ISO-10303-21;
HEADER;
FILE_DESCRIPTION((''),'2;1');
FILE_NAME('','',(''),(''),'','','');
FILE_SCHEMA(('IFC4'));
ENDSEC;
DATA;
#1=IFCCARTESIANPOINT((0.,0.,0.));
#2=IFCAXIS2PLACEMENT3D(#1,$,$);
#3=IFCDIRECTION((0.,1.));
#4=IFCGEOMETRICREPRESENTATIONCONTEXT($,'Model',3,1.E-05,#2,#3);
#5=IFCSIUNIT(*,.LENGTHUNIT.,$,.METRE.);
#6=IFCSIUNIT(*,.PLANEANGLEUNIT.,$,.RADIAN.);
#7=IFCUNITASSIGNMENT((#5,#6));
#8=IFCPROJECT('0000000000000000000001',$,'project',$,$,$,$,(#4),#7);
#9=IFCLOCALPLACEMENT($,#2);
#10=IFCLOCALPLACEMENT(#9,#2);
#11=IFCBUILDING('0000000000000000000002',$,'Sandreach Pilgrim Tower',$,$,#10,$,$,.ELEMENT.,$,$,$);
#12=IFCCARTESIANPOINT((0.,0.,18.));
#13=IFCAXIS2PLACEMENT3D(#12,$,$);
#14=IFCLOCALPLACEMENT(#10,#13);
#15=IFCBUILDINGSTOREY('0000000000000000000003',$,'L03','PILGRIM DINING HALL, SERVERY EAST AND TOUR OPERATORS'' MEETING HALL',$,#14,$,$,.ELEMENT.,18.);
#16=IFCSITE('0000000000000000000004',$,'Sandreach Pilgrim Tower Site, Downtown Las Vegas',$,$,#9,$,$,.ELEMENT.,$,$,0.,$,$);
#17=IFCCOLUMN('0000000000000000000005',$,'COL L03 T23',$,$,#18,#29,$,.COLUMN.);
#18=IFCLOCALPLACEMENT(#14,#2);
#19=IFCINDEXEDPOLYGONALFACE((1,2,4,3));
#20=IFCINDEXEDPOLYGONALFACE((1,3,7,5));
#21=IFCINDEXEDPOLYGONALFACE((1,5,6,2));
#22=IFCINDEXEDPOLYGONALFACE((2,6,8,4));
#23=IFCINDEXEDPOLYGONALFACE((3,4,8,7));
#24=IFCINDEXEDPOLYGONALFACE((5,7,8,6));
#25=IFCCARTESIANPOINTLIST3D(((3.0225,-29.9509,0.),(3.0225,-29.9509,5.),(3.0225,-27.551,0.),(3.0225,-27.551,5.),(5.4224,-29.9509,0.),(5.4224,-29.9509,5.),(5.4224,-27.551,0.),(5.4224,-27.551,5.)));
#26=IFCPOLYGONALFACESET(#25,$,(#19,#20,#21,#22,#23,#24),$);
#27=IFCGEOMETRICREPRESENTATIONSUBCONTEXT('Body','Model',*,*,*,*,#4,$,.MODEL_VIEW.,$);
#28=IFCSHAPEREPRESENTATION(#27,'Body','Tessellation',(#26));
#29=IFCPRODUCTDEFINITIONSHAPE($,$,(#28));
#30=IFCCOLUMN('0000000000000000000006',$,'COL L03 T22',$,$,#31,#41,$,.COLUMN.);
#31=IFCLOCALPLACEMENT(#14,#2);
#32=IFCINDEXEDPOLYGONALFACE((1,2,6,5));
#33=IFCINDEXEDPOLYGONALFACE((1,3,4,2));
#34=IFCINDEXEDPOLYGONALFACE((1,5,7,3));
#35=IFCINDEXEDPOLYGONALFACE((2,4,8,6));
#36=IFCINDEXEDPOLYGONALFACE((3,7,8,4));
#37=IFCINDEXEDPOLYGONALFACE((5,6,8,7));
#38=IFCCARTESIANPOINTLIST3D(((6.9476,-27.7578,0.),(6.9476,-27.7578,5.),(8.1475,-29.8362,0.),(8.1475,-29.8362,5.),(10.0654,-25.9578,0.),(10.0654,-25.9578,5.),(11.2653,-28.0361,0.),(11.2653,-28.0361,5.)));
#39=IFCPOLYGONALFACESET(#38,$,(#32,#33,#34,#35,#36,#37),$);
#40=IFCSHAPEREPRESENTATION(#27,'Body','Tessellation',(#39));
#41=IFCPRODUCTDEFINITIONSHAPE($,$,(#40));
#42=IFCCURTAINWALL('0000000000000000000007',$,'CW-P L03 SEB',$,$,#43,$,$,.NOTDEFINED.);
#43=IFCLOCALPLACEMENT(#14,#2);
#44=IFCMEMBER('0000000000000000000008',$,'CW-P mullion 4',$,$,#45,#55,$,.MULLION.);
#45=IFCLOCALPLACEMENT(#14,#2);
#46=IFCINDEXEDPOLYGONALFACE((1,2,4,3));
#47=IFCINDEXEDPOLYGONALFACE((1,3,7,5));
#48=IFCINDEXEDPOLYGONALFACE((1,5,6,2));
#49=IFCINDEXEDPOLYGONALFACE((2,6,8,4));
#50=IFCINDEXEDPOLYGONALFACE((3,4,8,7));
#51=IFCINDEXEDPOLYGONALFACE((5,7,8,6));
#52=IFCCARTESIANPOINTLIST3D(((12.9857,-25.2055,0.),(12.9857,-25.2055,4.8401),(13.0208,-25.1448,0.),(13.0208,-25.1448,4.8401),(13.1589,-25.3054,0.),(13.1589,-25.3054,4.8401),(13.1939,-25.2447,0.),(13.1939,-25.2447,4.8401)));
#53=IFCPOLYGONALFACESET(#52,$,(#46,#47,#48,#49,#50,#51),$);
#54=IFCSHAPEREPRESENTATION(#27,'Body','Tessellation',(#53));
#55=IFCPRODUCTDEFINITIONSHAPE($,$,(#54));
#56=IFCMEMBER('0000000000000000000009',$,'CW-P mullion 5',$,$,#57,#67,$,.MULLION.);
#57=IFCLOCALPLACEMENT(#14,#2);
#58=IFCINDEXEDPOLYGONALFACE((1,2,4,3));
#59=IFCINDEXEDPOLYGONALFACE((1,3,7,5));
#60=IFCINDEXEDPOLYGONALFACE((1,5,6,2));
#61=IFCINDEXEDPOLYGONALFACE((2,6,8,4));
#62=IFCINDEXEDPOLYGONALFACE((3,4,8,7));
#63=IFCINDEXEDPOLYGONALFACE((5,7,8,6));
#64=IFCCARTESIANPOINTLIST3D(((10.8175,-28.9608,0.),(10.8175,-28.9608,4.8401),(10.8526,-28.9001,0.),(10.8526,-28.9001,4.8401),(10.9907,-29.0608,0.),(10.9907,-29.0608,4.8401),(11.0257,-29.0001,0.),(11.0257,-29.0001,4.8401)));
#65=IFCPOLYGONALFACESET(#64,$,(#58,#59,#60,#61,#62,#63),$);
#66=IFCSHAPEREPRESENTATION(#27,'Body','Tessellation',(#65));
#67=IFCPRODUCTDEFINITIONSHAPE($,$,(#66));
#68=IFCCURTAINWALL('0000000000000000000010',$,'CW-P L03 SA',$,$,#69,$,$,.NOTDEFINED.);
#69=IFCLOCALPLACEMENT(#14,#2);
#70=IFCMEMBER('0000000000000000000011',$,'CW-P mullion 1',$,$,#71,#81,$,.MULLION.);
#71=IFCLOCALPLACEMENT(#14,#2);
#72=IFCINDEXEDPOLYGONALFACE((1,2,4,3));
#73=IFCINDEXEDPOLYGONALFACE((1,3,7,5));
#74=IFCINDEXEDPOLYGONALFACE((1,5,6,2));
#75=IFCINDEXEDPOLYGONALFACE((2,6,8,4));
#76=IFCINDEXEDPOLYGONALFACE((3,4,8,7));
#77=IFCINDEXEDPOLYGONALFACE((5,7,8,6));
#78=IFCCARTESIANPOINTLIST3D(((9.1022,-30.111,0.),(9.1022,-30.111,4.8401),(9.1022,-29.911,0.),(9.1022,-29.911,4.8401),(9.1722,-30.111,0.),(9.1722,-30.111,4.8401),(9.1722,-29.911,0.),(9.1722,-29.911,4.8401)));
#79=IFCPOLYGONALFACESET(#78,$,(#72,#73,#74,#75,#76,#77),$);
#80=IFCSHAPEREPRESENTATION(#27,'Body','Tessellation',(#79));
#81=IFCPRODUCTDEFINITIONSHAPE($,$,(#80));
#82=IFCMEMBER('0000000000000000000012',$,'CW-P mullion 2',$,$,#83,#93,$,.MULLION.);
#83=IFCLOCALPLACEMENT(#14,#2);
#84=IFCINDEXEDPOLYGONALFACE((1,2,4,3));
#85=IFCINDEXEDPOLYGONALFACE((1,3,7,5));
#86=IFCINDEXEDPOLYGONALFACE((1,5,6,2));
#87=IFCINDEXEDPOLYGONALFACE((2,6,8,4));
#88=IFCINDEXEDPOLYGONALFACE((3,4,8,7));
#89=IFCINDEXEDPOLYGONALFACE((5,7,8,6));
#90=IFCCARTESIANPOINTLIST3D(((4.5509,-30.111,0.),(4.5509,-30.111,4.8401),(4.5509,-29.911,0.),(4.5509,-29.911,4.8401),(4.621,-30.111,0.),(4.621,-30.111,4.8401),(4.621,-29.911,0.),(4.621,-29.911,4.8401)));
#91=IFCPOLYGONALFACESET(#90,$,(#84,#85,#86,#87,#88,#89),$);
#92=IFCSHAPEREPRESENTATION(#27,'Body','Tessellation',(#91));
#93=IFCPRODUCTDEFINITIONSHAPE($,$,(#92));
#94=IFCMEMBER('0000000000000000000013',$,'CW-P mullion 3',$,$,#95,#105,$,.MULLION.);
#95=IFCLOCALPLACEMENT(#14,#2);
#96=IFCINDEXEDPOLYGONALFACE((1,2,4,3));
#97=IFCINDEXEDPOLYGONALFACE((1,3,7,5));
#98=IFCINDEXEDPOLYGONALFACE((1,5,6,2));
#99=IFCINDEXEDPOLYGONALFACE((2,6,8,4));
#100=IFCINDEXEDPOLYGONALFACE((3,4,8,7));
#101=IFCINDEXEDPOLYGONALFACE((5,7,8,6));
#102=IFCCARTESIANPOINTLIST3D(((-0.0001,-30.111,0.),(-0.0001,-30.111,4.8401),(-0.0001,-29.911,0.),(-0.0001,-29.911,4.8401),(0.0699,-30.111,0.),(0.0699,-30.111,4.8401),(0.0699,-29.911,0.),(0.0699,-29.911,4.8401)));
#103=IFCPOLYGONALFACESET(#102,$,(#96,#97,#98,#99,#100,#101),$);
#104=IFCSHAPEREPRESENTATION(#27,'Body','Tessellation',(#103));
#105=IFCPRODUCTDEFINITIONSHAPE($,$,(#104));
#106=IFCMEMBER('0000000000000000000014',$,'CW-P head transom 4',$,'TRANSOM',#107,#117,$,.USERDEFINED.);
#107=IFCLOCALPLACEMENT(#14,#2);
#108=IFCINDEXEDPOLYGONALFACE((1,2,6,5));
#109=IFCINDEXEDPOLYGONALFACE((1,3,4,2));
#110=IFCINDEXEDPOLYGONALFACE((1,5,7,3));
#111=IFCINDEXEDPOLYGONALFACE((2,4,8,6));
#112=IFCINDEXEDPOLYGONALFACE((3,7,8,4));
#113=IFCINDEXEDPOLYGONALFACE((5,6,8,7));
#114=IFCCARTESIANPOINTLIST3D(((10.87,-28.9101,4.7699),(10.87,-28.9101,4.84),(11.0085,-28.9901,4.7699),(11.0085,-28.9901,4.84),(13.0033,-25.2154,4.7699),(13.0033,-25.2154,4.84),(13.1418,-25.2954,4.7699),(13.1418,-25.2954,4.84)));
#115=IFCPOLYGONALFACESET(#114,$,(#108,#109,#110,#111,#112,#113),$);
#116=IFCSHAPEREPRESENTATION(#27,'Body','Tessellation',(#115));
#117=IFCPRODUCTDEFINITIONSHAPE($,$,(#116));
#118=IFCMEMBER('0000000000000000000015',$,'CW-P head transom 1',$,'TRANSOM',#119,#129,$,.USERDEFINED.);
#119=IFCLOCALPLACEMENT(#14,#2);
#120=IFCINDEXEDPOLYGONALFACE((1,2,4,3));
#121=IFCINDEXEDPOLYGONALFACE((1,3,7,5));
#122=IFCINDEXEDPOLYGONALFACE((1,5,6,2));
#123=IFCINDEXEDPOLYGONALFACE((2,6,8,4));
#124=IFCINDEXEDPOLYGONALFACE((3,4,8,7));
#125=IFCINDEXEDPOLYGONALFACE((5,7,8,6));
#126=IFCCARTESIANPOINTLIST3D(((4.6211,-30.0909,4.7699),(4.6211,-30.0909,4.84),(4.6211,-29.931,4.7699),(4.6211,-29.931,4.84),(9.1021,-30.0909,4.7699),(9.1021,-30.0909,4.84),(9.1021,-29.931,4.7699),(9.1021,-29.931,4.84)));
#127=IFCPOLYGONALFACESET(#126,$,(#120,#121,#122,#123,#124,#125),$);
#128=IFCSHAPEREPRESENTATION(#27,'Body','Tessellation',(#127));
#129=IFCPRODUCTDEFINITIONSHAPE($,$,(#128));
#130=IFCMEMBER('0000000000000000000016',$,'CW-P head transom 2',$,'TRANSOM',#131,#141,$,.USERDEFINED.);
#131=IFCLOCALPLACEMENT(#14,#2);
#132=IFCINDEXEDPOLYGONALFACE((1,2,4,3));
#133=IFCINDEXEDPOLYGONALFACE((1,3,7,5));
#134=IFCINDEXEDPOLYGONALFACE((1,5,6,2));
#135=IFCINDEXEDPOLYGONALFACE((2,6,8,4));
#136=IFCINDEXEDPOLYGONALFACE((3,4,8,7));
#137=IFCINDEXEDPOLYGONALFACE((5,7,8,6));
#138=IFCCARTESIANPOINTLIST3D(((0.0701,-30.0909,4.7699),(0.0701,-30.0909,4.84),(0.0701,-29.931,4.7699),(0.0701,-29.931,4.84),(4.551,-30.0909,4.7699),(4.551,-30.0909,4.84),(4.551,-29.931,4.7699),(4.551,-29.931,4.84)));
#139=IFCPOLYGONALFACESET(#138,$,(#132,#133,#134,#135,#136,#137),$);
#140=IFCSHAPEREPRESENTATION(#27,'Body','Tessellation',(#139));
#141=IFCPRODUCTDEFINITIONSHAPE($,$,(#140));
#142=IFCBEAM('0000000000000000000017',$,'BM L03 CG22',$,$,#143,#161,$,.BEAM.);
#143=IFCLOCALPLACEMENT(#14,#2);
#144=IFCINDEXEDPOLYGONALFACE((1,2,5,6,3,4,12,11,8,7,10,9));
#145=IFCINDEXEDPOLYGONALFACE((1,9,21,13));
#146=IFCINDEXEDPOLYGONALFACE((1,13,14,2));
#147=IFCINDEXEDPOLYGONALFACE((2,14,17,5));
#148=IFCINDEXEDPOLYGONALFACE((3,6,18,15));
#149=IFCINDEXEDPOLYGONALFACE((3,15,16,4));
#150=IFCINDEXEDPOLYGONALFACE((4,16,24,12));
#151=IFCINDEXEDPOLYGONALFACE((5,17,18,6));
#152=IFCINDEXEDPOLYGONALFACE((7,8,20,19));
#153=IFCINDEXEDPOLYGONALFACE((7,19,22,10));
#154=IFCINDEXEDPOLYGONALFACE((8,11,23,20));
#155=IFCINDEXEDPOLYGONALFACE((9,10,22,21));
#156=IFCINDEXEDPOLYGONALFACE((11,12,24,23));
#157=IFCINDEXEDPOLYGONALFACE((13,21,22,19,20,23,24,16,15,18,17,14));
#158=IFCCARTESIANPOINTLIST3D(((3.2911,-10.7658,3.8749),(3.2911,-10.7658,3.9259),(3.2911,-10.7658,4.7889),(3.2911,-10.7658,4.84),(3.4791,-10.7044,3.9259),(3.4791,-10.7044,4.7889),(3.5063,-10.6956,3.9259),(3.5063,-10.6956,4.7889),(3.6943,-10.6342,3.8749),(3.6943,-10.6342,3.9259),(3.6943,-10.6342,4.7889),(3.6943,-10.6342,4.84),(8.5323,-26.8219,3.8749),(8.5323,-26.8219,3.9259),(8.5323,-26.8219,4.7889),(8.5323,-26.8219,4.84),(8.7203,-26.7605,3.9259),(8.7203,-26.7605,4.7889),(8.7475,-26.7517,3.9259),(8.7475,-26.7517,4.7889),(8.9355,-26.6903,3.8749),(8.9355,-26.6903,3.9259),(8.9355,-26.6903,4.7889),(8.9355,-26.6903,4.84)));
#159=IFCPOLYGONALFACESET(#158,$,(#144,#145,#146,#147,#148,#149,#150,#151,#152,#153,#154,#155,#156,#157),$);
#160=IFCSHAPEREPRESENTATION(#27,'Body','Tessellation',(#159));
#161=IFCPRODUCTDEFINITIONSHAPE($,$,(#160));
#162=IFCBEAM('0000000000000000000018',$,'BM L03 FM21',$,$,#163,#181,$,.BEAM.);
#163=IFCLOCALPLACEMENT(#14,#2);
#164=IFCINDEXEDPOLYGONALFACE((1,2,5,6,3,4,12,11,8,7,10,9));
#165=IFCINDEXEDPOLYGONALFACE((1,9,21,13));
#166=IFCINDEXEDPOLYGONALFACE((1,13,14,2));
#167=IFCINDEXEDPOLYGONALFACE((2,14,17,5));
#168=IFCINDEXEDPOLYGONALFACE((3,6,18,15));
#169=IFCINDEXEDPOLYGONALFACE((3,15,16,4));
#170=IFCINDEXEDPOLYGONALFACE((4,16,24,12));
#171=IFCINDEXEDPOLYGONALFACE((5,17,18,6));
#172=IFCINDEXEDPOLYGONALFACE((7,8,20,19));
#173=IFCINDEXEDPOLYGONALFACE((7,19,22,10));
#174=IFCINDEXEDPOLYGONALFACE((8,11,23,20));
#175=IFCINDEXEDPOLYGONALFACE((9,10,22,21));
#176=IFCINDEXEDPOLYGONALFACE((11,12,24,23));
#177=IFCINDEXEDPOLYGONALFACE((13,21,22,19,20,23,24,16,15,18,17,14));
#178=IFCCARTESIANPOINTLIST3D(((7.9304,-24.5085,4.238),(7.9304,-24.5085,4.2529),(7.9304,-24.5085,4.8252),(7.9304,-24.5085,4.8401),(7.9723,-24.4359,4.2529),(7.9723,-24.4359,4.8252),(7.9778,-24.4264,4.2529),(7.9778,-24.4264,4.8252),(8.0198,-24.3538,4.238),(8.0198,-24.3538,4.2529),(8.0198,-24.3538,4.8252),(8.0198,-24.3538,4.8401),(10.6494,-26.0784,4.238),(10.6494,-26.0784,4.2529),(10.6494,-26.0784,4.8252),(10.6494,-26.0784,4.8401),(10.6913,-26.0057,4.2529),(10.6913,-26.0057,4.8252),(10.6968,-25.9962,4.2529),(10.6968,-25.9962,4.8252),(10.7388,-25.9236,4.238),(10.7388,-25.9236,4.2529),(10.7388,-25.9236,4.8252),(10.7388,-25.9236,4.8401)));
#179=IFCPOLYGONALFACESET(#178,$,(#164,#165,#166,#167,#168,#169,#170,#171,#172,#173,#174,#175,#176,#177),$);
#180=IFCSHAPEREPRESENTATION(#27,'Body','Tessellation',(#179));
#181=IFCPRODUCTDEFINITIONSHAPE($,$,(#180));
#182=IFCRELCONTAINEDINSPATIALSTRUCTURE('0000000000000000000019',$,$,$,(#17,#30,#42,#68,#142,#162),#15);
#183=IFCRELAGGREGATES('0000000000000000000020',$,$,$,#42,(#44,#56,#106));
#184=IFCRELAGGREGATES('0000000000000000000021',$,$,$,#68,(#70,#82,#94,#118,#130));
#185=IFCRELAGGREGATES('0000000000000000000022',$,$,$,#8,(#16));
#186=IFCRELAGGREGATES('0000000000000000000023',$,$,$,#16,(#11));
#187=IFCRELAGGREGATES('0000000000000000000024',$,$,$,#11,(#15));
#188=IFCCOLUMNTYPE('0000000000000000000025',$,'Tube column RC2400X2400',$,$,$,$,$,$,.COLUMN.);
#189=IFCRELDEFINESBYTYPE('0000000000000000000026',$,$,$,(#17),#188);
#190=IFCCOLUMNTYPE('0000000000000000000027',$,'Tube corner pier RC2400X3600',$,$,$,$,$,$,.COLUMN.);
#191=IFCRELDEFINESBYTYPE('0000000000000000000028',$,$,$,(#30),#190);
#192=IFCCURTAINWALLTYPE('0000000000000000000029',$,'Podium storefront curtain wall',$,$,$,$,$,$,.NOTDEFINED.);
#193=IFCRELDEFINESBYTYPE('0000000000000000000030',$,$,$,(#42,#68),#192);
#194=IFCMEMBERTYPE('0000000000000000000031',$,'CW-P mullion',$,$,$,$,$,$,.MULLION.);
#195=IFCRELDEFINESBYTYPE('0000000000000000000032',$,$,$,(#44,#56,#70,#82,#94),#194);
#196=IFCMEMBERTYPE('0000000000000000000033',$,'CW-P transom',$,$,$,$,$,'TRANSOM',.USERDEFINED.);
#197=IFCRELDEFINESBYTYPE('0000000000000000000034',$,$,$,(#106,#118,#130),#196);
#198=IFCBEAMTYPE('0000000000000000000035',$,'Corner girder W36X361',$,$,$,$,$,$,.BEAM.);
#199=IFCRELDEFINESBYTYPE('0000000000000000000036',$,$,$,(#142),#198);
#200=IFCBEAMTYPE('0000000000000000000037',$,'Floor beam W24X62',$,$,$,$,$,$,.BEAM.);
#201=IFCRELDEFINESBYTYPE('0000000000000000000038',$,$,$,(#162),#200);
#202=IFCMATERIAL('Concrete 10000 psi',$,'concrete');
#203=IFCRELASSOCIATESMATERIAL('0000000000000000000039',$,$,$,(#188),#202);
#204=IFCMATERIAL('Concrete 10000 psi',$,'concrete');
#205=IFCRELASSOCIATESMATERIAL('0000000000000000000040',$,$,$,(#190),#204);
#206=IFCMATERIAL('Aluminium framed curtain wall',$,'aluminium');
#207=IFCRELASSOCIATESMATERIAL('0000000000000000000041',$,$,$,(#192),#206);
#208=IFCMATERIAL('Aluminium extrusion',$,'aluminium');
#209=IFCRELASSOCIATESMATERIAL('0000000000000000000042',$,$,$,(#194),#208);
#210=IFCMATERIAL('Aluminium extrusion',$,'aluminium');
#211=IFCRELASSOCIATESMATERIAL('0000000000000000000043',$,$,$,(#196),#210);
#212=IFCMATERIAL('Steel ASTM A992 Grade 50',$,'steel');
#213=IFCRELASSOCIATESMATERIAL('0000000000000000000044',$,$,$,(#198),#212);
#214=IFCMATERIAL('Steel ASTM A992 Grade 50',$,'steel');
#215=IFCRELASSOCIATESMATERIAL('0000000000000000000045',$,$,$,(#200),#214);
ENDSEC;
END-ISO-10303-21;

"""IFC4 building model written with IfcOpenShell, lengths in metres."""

from ifc_helpers import new_model, si_unit, direction, frame, origin, origin_2d, place, context, subcontext, project, spatial, rectangle, i_section, extrude, material, material_profile, profile_set, type_object, element, aggregate, save


model = new_model("IFC4")

# Units and contexts
model_context = context("Model", 3, precision=1e-05, world=origin(), true_north=direction((0.0, 1.0)))
body_context = subcontext(model_context, "Body", "Model", "MODEL_VIEW")
ifc_project = project(units=[si_unit("LENGTHUNIT", "METRE"), si_unit("PLANEANGLEUNIT", "RADIAN")], contexts=[model_context])

# Site, building, storey
site_placement = place(None, origin())
site = spatial("IfcSite", under=ifc_project, at=site_placement, Name="Sandreach Pilgrim Tower Site, Downtown Las Vegas", CompositionType="ELEMENT", RefElevation=0.0)
building_placement = place(site_placement, origin())
building = spatial("IfcBuilding", under=site, at=building_placement, Name="Sandreach Pilgrim Tower", CompositionType="ELEMENT")
storey_placement = place(building_placement, frame((0.0, 0.0, 18.0)))
storey = spatial("IfcBuildingStorey", under=building, at=storey_placement, Name="L03", Description="PILGRIM DINING HALL, SERVERY EAST AND TOUR OPERATORS' MEETING HALL", CompositionType="ELEMENT", Elevation=18.0)

# Columns
ifc_material_1 = material(Name="Concrete 10000 psi", Category="concrete")
ifc_material_profile_1 = material_profile(ifc_material_1, rectangle(XDim=2.3999, YDim=2.3999, at=origin_2d()), Name="RC2400X2400")
ifc_profile_set_1 = profile_set([ifc_material_profile_1], Name="Concrete 10000 psi")
column_type_1 = type_object("IfcColumnType", Name="Tube column RC2400X2400", PredefinedType="COLUMN", material=ifc_profile_set_1)
column_1_placement = place(storey_placement, frame((4.2224, -28.751, 0.0), z_axis=(0.0, 0.0, 1.0), x_axis=(0.0, -1.0, 0.0)))
element("IfcColumn", 1, at=column_1_placement, inside=storey, type_object=column_type_1, Name="COL L03 T23", PredefinedType="COLUMN", context=body_context, shape_type="SweptSolid", body=[
    extrude(rectangle(XDim=2.3999, YDim=2.3999, at=origin_2d()), origin(), (0.0, 0.0, 1.0), 5.0),
])
ifc_material_2 = material(Name="Concrete 10000 psi", Category="concrete")
ifc_material_profile_2 = material_profile(ifc_material_2, rectangle(XDim=2.3999, YDim=3.6001, at=origin_2d()), Name="RC2400X3600")
ifc_profile_set_2 = profile_set([ifc_material_profile_2], Name="Concrete 10000 psi")
column_type_2 = type_object("IfcColumnType", Name="Tube corner pier RC2400X3600", PredefinedType="COLUMN", material=ifc_profile_set_2)
column_2_placement = place(storey_placement, frame((9.1064, -27.897, 0.0), z_axis=(0.0, 0.0, 1.0), x_axis=(0.5, -0.866025, 0.0)))
element("IfcColumn", 2, at=column_2_placement, inside=storey, type_object=column_type_2, Name="COL L03 T22", PredefinedType="COLUMN", context=body_context, shape_type="SweptSolid", body=[
    extrude(rectangle(XDim=2.3999, YDim=3.6001, at=origin_2d()), origin(), (0.0, 0.0, 1.0), 5.0),
])

# Curtain walls, members
ifc_material_3 = material(Name="Aluminium framed curtain wall", Category="aluminium")
curtain_wall_type = type_object("IfcCurtainWallType", Name="Podium storefront curtain wall", PredefinedType="NOTDEFINED", material=ifc_material_3)
curtain_wall_1_placement = place(storey_placement, origin())
curtain_wall_1 = element("IfcCurtainWall", 3, at=curtain_wall_1_placement, inside=storey, type_object=curtain_wall_type, Name="CW-P L03 SEB", PredefinedType="NOTDEFINED")
ifc_material_4 = material(Name="Aluminium extrusion", Category="aluminium")
ifc_material_profile_3 = material_profile(ifc_material_4, rectangle(XDim=0.0701, YDim=0.2, at=origin_2d()), Name="CW-PM 70X200")
ifc_profile_set_3 = profile_set([ifc_material_profile_3], Name="Aluminium extrusion")
member_type_1 = type_object("IfcMemberType", Name="CW-P mullion", PredefinedType="MULLION", material=ifc_profile_set_3)
member_1_placement = place(storey_placement, frame((13.0898, -25.2251, 0.0), z_axis=(0.0, 0.0, 1.0), x_axis=(-0.5, -0.866025, 0.0)))
member_1 = element("IfcMember", 4, at=member_1_placement, type_object=member_type_1, Name="CW-P mullion 4", PredefinedType="MULLION", context=body_context, shape_type="SweptSolid", body=[
    extrude(rectangle(XDim=0.0701, YDim=0.2, at=origin_2d()), origin(), (0.0, 0.0, 1.0), 4.8401),
])
member_2_placement = place(storey_placement, frame((10.9216, -28.9805, 0.0), z_axis=(0.0, 0.0, 1.0), x_axis=(-0.5, -0.866025, 0.0)))
member_2 = element("IfcMember", 5, at=member_2_placement, type_object=member_type_1, Name="CW-P mullion 5", PredefinedType="MULLION", context=body_context, shape_type="SweptSolid", body=[
    extrude(rectangle(XDim=0.0701, YDim=0.2, at=origin_2d()), origin(), (0.0, 0.0, 1.0), 4.8401),
])
curtain_wall_2_placement = place(storey_placement, origin())
curtain_wall_2 = element("IfcCurtainWall", 6, at=curtain_wall_2_placement, inside=storey, type_object=curtain_wall_type, Name="CW-P L03 SA", PredefinedType="NOTDEFINED")
member_3_placement = place(storey_placement, frame((9.1372, -30.011, 0.0), z_axis=(0.0, 0.0, 1.0), x_axis=(-1.0, 0.0, 0.0)))
member_3 = element("IfcMember", 7, at=member_3_placement, type_object=member_type_1, Name="CW-P mullion 1", PredefinedType="MULLION", context=body_context, shape_type="SweptSolid", body=[
    extrude(rectangle(XDim=0.0701, YDim=0.2, at=origin_2d()), origin(), (0.0, 0.0, 1.0), 4.8401),
])
member_4_placement = place(storey_placement, frame((4.5859, -30.011, 0.0), z_axis=(0.0, 0.0, 1.0), x_axis=(-1.0, 0.0, 0.0)))
member_4 = element("IfcMember", 8, at=member_4_placement, type_object=member_type_1, Name="CW-P mullion 2", PredefinedType="MULLION", context=body_context, shape_type="SweptSolid", body=[
    extrude(rectangle(XDim=0.0701, YDim=0.2, at=origin_2d()), origin(), (0.0, 0.0, 1.0), 4.8401),
])
member_5_placement = place(storey_placement, frame((0.0349, -30.011, 0.0), z_axis=(0.0, 0.0, 1.0), x_axis=(-1.0, 0.0, 0.0)))
member_5 = element("IfcMember", 9, at=member_5_placement, type_object=member_type_1, Name="CW-P mullion 3", PredefinedType="MULLION", context=body_context, shape_type="SweptSolid", body=[
    extrude(rectangle(XDim=0.0701, YDim=0.2, at=origin_2d()), origin(), (0.0, 0.0, 1.0), 4.8401),
])

# Members
ifc_material_5 = material(Name="Aluminium extrusion", Category="aluminium")
ifc_material_profile_4 = material_profile(ifc_material_5, rectangle(XDim=0.1599, YDim=0.0701, at=origin_2d()), Name="CW-PT 160X70")
ifc_profile_set_4 = profile_set([ifc_material_profile_4], Name="Aluminium extrusion")
member_type_2 = type_object("IfcMemberType", Name="CW-P transom", ElementType="TRANSOM", PredefinedType="USERDEFINED", material=ifc_profile_set_4)
member_6_placement = place(storey_placement, frame((13.0725, -25.2554, 4.8049), z_axis=(-0.500016, -0.866016, 0.0), x_axis=(0.866016, -0.500016, 0.0)))
member_6 = element("IfcMember", 10, at=member_6_placement, type_object=member_type_2, Name="CW-P head transom 4", ObjectType="TRANSOM", PredefinedType="USERDEFINED", context=body_context, shape_type="SweptSolid", body=[
    extrude(rectangle(XDim=0.1599, YDim=0.0701, at=origin_2d()), origin(), (0.0, 0.0, 1.0), 4.2664),
])
member_7_placement = place(storey_placement, frame((9.1021, -30.011, 4.8049), z_axis=(-1.0, 0.0, 0.0), x_axis=(0.0, -1.0, 0.0)))
member_7 = element("IfcMember", 11, at=member_7_placement, type_object=member_type_2, Name="CW-P head transom 1", ObjectType="TRANSOM", PredefinedType="USERDEFINED", context=body_context, shape_type="SweptSolid", body=[
    extrude(rectangle(XDim=0.1599, YDim=0.0701, at=origin_2d()), origin(), (0.0, 0.0, 1.0), 4.481),
])
member_8_placement = place(storey_placement, frame((4.551, -30.011, 4.8049), z_axis=(-1.0, 0.0, 0.0), x_axis=(0.0, -1.0, 0.0)))
member_8 = element("IfcMember", 12, at=member_8_placement, type_object=member_type_2, Name="CW-P head transom 2", ObjectType="TRANSOM", PredefinedType="USERDEFINED", context=body_context, shape_type="SweptSolid", body=[
    extrude(rectangle(XDim=0.1599, YDim=0.0701, at=origin_2d()), origin(), (0.0, 0.0, 1.0), 4.481),
])

# Beams
ifc_material_6 = material(Name="Steel ASTM A992 Grade 50", Category="steel")
ifc_material_profile_5 = material_profile(ifc_material_6, i_section(OverallWidth=0.4241, OverallDepth=0.9651, WebThickness=0.0286, FlangeThickness=0.051, at=origin_2d()), Name="W36X361")
ifc_profile_set_5 = profile_set([ifc_material_profile_5], Name="Steel ASTM A992 Grade 50")
beam_type_1 = type_object("IfcBeamType", Name="Corner girder W36X361", PredefinedType="BEAM", material=ifc_profile_set_5)
beam_1_placement = place(storey_placement, frame((8.7339, -26.7561, 4.3574), z_axis=(-0.310315, 0.950634, 0.0), x_axis=(-0.950634, -0.310315, 0.0)))
element("IfcBeam", 13, at=beam_1_placement, inside=storey, type_object=beam_type_1, Name="BM L03 CG22", PredefinedType="BEAM", context=body_context, shape_type="SweptSolid", body=[
    extrude(i_section(OverallWidth=0.4241, OverallDepth=0.9651, WebThickness=0.0286, FlangeThickness=0.051, at=origin_2d()), origin(), (0.0, 0.0, 1.0), 16.8899),
])
ifc_material_7 = material(Name="Steel ASTM A992 Grade 50", Category="steel")
ifc_material_profile_6 = material_profile(ifc_material_7, i_section(OverallWidth=0.1787, OverallDepth=0.6021, WebThickness=0.011, FlangeThickness=0.0149, at=origin_2d()), Name="W24X62")
ifc_profile_set_6 = profile_set([ifc_material_profile_6], Name="Steel ASTM A992 Grade 50")
beam_type_2 = type_object("IfcBeamType", Name="Floor beam W24X62", PredefinedType="BEAM", material=ifc_profile_set_6)
beam_2_placement = place(storey_placement, frame((10.6941, -26.001, 4.5391), z_axis=(-0.866024, 0.500003, 0.0), x_axis=(-0.500003, -0.866024, 0.0)))
element("IfcBeam", 14, at=beam_2_placement, inside=storey, type_object=beam_type_2, Name="BM L03 FM21", PredefinedType="BEAM", context=body_context, shape_type="SweptSolid", body=[
    extrude(i_section(OverallWidth=0.1787, OverallDepth=0.6021, WebThickness=0.011, FlangeThickness=0.0149, at=origin_2d()), origin(), (0.0, 0.0, 1.0), 3.1396),
])

aggregate(curtain_wall_1, [member_1, member_2, member_6])
aggregate(curtain_wall_2, [member_3, member_4, member_5, member_7, member_8])

save(model, "model.ifc")
